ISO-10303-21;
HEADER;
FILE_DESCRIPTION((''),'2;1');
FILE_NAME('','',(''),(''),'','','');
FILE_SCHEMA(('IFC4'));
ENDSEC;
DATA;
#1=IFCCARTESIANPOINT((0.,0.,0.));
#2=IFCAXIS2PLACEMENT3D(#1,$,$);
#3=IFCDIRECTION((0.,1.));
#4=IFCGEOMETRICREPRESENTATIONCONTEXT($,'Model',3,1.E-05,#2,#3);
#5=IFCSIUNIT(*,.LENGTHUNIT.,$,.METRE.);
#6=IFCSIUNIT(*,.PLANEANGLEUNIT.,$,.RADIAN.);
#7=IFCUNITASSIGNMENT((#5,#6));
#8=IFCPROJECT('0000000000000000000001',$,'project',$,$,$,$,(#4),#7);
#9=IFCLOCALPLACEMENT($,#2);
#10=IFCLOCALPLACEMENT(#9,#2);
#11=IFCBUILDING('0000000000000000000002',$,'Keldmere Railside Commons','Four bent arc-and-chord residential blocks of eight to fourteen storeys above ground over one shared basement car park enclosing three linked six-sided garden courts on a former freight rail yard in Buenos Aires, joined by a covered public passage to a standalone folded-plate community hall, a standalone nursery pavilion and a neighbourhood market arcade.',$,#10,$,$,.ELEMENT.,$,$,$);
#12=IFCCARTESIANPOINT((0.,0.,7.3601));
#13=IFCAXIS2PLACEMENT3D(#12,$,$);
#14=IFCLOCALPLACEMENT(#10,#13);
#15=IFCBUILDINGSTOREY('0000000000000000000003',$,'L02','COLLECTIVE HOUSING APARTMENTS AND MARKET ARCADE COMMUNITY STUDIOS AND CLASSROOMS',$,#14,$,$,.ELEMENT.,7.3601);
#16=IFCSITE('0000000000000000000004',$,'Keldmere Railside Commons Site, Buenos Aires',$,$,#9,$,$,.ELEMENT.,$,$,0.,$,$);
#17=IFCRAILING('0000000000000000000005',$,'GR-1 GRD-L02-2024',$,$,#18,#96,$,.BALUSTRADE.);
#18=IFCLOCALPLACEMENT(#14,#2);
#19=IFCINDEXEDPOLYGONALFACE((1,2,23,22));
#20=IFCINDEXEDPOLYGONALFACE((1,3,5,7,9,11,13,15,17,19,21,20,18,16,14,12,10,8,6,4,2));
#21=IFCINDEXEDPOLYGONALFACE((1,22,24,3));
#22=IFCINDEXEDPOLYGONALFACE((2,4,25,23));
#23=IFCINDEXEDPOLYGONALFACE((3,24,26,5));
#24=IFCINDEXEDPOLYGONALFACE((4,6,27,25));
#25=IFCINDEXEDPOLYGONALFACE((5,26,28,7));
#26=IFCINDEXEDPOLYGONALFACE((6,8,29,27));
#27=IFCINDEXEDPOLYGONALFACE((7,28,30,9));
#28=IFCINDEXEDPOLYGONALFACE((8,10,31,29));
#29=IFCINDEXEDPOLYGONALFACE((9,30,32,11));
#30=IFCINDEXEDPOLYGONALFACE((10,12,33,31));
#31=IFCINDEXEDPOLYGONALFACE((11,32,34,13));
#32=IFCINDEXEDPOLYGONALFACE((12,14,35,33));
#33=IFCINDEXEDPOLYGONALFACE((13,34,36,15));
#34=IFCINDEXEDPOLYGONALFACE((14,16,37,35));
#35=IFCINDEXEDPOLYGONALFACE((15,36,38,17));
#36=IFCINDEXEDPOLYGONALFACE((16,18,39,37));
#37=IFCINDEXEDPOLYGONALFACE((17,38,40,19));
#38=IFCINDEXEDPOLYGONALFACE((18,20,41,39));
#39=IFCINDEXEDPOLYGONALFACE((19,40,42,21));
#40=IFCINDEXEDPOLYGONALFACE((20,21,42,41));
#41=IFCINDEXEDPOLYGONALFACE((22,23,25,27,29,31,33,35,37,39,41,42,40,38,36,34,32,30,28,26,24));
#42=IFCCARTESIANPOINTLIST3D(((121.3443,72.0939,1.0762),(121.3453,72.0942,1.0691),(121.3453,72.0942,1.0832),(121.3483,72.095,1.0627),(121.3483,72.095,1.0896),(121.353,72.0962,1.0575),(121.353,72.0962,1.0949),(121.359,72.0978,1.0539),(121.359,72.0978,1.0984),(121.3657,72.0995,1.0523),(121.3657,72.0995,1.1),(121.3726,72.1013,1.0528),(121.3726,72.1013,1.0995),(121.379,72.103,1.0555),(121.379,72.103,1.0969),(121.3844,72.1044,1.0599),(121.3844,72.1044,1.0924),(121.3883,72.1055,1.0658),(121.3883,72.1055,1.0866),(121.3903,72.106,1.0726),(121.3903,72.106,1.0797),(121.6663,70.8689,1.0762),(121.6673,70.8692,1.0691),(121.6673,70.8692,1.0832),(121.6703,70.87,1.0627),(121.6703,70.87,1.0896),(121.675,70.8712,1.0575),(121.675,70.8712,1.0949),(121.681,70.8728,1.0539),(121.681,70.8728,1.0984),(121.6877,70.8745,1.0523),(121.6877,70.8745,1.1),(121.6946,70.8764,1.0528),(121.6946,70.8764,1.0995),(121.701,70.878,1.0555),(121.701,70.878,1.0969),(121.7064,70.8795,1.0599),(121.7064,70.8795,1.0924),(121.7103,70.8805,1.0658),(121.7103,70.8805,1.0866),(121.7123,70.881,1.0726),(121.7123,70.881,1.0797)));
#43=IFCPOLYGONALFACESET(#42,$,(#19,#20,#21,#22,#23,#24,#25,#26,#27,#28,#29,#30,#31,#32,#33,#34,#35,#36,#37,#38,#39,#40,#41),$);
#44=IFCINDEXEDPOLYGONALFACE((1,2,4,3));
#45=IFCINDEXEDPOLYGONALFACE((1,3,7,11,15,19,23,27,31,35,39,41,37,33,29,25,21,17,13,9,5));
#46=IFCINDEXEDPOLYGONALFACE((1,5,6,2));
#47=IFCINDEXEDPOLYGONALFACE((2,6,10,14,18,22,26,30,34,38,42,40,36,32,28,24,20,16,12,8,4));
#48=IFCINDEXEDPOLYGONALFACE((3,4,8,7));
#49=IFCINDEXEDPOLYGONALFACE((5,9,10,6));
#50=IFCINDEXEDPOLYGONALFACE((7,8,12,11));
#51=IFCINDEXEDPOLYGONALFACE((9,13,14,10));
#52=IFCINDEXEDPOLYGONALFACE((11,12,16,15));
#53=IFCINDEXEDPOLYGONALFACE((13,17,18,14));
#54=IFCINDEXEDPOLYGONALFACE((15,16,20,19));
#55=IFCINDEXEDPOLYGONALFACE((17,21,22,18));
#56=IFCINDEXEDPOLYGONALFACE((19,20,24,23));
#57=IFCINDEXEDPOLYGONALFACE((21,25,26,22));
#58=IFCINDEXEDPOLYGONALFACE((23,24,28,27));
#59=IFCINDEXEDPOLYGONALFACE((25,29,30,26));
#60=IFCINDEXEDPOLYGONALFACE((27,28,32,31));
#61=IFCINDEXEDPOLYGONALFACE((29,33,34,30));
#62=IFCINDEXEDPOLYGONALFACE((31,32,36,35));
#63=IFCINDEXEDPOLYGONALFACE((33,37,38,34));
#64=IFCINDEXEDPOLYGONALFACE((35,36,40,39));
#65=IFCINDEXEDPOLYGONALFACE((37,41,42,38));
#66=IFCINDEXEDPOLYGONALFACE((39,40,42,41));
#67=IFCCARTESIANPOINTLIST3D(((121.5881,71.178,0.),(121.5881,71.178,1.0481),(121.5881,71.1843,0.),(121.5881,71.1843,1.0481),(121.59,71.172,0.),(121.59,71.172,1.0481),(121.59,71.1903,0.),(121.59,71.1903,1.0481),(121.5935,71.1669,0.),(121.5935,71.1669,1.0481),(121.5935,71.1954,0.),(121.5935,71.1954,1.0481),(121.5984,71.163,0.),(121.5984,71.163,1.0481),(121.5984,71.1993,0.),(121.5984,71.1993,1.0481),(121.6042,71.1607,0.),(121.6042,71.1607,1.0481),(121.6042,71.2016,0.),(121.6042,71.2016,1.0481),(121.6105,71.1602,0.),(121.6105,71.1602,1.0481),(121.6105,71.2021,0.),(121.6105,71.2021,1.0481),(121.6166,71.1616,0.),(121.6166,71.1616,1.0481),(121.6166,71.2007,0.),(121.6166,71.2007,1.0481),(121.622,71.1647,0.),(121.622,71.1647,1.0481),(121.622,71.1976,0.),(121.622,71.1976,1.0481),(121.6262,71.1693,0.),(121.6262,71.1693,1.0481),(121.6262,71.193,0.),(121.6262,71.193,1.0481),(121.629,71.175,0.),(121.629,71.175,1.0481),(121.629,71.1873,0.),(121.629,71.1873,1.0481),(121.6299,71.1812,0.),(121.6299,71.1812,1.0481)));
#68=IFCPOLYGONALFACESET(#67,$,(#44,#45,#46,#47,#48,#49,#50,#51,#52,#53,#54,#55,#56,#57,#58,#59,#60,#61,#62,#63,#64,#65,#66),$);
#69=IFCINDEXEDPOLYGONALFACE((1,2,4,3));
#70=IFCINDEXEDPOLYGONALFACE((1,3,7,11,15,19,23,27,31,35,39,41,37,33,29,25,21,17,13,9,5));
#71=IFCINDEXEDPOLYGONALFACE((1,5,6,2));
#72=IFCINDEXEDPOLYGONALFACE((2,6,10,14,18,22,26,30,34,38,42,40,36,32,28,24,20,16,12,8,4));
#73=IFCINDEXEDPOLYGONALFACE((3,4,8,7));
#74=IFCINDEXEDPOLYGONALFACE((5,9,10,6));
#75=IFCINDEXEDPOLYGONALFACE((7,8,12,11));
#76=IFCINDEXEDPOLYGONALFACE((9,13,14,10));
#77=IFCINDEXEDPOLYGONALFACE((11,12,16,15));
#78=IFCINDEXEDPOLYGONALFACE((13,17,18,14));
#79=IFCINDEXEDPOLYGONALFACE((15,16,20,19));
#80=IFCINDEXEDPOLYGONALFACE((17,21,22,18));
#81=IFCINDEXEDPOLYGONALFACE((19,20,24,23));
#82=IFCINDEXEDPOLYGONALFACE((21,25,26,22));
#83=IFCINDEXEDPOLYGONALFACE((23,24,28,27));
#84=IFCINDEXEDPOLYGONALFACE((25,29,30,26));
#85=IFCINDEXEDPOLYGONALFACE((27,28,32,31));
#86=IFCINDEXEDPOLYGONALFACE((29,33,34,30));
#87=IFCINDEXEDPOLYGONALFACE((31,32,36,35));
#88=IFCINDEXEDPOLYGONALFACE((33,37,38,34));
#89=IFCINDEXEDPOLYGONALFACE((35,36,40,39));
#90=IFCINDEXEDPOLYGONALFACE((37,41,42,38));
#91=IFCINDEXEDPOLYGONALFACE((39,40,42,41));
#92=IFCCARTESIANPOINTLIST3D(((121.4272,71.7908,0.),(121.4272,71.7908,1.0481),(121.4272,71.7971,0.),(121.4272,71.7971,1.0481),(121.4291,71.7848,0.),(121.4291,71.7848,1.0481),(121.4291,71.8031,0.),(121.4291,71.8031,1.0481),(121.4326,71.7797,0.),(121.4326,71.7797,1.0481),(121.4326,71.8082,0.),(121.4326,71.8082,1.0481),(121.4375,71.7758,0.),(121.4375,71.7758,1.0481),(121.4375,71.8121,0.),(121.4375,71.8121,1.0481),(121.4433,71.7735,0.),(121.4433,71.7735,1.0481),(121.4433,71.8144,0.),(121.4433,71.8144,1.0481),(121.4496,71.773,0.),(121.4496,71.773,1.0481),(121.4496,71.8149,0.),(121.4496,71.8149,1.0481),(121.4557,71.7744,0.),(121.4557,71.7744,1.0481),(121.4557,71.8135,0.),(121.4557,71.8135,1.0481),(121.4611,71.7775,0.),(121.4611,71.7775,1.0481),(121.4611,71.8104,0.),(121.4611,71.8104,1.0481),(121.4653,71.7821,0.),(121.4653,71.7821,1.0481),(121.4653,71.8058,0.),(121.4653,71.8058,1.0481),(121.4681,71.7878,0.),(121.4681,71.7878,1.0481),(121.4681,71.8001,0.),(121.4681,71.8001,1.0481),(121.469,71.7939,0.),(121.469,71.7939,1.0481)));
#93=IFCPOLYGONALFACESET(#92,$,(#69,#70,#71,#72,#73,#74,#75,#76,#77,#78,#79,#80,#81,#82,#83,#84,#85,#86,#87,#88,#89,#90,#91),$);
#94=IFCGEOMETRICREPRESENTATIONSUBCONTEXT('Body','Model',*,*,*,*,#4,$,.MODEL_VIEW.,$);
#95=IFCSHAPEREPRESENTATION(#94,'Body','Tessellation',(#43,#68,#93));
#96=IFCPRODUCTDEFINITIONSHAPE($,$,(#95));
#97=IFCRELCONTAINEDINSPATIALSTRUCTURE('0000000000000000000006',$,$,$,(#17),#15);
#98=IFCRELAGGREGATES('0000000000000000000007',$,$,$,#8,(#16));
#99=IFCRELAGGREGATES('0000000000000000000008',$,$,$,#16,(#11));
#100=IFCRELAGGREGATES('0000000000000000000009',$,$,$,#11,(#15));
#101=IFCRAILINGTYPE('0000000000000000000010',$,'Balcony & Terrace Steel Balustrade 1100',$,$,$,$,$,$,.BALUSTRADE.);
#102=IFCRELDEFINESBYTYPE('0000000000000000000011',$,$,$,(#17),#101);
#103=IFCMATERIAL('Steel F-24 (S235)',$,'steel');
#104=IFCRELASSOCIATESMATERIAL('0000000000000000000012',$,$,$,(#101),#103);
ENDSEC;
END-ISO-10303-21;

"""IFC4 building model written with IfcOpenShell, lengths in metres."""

from ifc_helpers import new_model, si_unit, direction, frame, origin, origin_2d, place, context, subcontext, project, spatial, circle, extrude, material, type_object, element, save


model = new_model("IFC4")

# Units and contexts
model_context = context("Model", 3, precision=1e-05, world=origin(), true_north=direction((0.0, 1.0)))
body_context = subcontext(model_context, "Body", "Model", "MODEL_VIEW")
ifc_project = project(units=[si_unit("LENGTHUNIT", "METRE"), si_unit("PLANEANGLEUNIT", "RADIAN")], contexts=[model_context])

# Site, building, storey
site_placement = place(None, origin())
site = spatial("IfcSite", under=ifc_project, at=site_placement, Name="Keldmere Railside Commons Site, Buenos Aires", CompositionType="ELEMENT", RefElevation=0.0)
building_placement = place(site_placement, origin())
building = spatial("IfcBuilding", under=site, at=building_placement, Name="Keldmere Railside Commons", Description="Four bent arc-and-chord residential blocks of eight to fourteen storeys above ground over one shared basement car park enclosing three linked six-sided garden courts on a former freight rail yard in Buenos Aires, joined by a covered public passage to a standalone folded-plate community hall, a standalone nursery pavilion and a neighbourhood market arcade.", CompositionType="ELEMENT")
storey_placement = place(building_placement, frame((0.0, 0.0, 7.3601)))
storey = spatial("IfcBuildingStorey", under=building, at=storey_placement, Name="L02", Description="COLLECTIVE HOUSING APARTMENTS AND MARKET ARCADE COMMUNITY STUDIOS AND CLASSROOMS", CompositionType="ELEMENT", Elevation=7.3601)

# Railing
ifc_material_1 = material(Name="Steel F-24 (S235)", Category="steel")
railing_type = type_object("IfcRailingType", Name="Balcony & Terrace Steel Balustrade 1100", PredefinedType="BALUSTRADE", material=ifc_material_1)
railing_1_placement = place(storey_placement, frame((121.6895, 70.875, 0.0)))
element("IfcRailing", 1, at=railing_1_placement, inside=storey, type_object=railing_type, Name="GR-1 GRD-L02-2024", PredefinedType="BALUSTRADE", context=body_context, shape_type="SweptSolid", body=[
    extrude(circle(Radius=0.0239, at=origin_2d()), frame((0.0, 0.0, 1.0762), z_axis=(-0.254218, 0.967147, 0.0), x_axis=(-0.967147, -0.254218, 0.0)), (0.0, 0.0, 1.0), 1.2666),
    extrude(circle(Radius=0.021, at=origin_2d()), frame((-0.0806, 0.3062, 0.0)), (0.0, 0.0, 1.0), 1.0481),
    extrude(circle(Radius=0.021, at=origin_2d()), frame((-0.2415, 0.9189, 0.0)), (0.0, 0.0, 1.0), 1.0481),
])

save(model, "model.ifc")
